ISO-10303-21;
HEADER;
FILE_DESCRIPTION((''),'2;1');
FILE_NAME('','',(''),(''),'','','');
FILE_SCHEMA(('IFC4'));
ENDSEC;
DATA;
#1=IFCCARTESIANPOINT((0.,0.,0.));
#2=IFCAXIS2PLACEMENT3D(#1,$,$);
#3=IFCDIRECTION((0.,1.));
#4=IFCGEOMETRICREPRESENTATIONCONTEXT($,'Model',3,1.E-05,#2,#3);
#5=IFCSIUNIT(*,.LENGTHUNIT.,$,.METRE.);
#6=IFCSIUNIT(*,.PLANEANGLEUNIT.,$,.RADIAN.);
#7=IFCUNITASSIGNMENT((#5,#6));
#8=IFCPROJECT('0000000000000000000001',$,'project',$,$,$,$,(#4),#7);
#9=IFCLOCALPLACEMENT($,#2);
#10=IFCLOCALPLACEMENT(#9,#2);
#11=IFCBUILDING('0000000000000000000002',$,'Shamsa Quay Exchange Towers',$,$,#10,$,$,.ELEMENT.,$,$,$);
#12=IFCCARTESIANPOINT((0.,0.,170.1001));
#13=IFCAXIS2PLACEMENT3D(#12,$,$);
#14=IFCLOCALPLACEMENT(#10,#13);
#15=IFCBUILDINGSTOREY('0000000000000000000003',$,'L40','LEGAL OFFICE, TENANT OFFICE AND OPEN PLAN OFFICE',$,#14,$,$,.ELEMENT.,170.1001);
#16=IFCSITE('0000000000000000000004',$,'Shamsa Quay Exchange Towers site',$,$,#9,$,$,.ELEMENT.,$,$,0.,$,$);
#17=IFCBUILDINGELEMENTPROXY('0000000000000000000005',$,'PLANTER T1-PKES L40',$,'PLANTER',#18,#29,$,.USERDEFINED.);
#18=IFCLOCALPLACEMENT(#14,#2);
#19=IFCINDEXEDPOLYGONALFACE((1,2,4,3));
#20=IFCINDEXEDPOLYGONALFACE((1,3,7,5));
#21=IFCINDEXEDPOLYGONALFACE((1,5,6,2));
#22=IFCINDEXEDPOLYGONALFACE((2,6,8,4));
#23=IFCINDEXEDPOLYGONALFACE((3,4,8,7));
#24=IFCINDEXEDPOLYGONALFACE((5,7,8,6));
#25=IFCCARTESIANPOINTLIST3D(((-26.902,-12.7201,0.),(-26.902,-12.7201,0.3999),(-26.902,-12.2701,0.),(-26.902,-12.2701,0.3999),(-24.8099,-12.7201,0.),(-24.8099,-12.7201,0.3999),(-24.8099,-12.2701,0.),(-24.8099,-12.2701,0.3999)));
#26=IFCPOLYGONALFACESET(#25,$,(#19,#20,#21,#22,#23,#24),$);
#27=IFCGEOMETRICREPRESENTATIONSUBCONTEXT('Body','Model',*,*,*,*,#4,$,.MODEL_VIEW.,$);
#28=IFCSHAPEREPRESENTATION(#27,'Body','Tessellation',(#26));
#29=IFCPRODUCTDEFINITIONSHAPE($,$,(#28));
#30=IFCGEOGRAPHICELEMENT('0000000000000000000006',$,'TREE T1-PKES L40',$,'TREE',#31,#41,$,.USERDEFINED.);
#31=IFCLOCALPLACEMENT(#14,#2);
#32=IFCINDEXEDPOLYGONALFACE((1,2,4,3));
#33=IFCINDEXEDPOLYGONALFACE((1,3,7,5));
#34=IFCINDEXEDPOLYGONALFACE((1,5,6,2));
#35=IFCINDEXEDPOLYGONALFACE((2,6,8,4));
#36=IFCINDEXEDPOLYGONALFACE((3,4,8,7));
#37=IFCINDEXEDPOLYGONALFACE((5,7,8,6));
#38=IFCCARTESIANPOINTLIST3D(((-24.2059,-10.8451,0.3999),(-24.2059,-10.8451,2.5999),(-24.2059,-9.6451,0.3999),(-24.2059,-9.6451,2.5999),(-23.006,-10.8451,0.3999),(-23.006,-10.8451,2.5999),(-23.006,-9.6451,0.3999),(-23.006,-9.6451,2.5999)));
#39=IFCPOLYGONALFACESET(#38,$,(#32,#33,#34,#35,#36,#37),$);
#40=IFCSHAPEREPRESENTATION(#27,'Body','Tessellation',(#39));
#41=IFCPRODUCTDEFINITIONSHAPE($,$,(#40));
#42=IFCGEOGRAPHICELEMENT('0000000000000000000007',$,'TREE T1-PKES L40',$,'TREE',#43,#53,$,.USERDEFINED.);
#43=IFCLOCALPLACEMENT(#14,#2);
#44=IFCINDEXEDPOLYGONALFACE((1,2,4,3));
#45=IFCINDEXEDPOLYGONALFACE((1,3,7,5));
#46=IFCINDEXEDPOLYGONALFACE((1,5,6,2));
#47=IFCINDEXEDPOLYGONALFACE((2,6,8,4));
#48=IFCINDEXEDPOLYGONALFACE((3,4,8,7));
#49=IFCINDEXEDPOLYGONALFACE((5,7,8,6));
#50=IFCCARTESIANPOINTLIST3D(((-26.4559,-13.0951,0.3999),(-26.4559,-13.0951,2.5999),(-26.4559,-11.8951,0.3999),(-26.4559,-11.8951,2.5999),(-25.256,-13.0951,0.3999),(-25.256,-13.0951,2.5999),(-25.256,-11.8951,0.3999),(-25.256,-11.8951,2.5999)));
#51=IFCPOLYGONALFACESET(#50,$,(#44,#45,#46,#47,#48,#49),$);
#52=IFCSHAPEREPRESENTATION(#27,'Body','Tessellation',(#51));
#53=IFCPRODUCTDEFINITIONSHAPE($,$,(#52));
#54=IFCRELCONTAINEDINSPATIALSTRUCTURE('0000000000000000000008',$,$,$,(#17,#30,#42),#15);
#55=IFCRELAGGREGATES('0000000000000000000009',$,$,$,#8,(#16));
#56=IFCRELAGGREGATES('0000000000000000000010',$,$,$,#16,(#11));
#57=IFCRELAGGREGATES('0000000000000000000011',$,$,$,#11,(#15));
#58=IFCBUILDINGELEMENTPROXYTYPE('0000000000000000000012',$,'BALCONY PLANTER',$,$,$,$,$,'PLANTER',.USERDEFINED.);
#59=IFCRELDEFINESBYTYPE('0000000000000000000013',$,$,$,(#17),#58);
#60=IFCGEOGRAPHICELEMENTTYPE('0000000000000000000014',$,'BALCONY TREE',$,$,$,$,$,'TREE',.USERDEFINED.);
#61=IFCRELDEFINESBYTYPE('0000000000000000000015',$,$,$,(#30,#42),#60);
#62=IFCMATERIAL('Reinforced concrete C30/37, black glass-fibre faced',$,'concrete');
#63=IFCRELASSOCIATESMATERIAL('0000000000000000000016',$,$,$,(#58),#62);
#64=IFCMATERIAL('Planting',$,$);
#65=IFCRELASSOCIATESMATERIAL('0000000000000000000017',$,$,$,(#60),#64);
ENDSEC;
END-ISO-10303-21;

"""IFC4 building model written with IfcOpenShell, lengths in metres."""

from ifc_helpers import new_model, si_unit, direction, frame, origin, origin_2d, place, context, subcontext, project, spatial, rectangle, extrude, material, type_object, element, save


model = new_model("IFC4")

# Units and contexts
model_context = context("Model", 3, precision=1e-05, world=origin(), true_north=direction((0.0, 1.0)))
body_context = subcontext(model_context, "Body", "Model", "MODEL_VIEW")
ifc_project = project(units=[si_unit("LENGTHUNIT", "METRE"), si_unit("PLANEANGLEUNIT", "RADIAN")], contexts=[model_context])

# Site, building, storey
site_placement = place(None, origin())
site = spatial("IfcSite", under=ifc_project, at=site_placement, Name="Shamsa Quay Exchange Towers site", CompositionType="ELEMENT", RefElevation=0.0)
building_placement = place(site_placement, origin())
building = spatial("IfcBuilding", under=site, at=building_placement, Name="Shamsa Quay Exchange Towers", CompositionType="ELEMENT")
storey_placement = place(building_placement, frame((0.0, 0.0, 170.1001)))
storey = spatial("IfcBuildingStorey", under=building, at=storey_placement, Name="L40", Description="LEGAL OFFICE, TENANT OFFICE AND OPEN PLAN OFFICE", CompositionType="ELEMENT", Elevation=170.1001)

# Building element proxy
ifc_material_1 = material(Name="Reinforced concrete C30/37, black glass-fibre faced", Category="concrete")
building_element_proxy_type = type_object("IfcBuildingElementProxyType", Name="BALCONY PLANTER", ElementType="PLANTER", PredefinedType="USERDEFINED", material=ifc_material_1)
for number, where, name in (
    (1, (-25.856, -12.4951, 0.0), "PLANTER T1-PKES L40"),
):
    element("IfcBuildingElementProxy", number, at=place(storey_placement, frame(where)), inside=storey, type_object=building_element_proxy_type, Name=name, ObjectType="PLANTER", PredefinedType="USERDEFINED", context=body_context, shape_type="SweptSolid", body=[
        extrude(rectangle(XDim=2.092, YDim=0.45, at=origin_2d()), origin(), (0.0, 0.0, 1.0), 0.3999),
    ])

# Geographic elements
ifc_material_2 = material(Name="Planting")
geographic_element_type = type_object("IfcGeographicElementType", Name="BALCONY TREE", ElementType="TREE", PredefinedType="USERDEFINED", material=ifc_material_2)
for number, where, name in (
    (2, (-23.606, -10.2451, 0.3999), "TREE T1-PKES L40"),
    (3, (-25.856, -12.4951, 0.3999), "TREE T1-PKES L40"),
):
    element("IfcGeographicElement", number, at=place(storey_placement, frame(where)), inside=storey, type_object=geographic_element_type, Name=name, ObjectType="TREE", PredefinedType="USERDEFINED", context=body_context, shape_type="SweptSolid", body=[
        extrude(rectangle(XDim=1.2, YDim=1.2, at=origin_2d()), origin(), (0.0, 0.0, 1.0), 2.2),
    ])

save(model, "model.ifc")
